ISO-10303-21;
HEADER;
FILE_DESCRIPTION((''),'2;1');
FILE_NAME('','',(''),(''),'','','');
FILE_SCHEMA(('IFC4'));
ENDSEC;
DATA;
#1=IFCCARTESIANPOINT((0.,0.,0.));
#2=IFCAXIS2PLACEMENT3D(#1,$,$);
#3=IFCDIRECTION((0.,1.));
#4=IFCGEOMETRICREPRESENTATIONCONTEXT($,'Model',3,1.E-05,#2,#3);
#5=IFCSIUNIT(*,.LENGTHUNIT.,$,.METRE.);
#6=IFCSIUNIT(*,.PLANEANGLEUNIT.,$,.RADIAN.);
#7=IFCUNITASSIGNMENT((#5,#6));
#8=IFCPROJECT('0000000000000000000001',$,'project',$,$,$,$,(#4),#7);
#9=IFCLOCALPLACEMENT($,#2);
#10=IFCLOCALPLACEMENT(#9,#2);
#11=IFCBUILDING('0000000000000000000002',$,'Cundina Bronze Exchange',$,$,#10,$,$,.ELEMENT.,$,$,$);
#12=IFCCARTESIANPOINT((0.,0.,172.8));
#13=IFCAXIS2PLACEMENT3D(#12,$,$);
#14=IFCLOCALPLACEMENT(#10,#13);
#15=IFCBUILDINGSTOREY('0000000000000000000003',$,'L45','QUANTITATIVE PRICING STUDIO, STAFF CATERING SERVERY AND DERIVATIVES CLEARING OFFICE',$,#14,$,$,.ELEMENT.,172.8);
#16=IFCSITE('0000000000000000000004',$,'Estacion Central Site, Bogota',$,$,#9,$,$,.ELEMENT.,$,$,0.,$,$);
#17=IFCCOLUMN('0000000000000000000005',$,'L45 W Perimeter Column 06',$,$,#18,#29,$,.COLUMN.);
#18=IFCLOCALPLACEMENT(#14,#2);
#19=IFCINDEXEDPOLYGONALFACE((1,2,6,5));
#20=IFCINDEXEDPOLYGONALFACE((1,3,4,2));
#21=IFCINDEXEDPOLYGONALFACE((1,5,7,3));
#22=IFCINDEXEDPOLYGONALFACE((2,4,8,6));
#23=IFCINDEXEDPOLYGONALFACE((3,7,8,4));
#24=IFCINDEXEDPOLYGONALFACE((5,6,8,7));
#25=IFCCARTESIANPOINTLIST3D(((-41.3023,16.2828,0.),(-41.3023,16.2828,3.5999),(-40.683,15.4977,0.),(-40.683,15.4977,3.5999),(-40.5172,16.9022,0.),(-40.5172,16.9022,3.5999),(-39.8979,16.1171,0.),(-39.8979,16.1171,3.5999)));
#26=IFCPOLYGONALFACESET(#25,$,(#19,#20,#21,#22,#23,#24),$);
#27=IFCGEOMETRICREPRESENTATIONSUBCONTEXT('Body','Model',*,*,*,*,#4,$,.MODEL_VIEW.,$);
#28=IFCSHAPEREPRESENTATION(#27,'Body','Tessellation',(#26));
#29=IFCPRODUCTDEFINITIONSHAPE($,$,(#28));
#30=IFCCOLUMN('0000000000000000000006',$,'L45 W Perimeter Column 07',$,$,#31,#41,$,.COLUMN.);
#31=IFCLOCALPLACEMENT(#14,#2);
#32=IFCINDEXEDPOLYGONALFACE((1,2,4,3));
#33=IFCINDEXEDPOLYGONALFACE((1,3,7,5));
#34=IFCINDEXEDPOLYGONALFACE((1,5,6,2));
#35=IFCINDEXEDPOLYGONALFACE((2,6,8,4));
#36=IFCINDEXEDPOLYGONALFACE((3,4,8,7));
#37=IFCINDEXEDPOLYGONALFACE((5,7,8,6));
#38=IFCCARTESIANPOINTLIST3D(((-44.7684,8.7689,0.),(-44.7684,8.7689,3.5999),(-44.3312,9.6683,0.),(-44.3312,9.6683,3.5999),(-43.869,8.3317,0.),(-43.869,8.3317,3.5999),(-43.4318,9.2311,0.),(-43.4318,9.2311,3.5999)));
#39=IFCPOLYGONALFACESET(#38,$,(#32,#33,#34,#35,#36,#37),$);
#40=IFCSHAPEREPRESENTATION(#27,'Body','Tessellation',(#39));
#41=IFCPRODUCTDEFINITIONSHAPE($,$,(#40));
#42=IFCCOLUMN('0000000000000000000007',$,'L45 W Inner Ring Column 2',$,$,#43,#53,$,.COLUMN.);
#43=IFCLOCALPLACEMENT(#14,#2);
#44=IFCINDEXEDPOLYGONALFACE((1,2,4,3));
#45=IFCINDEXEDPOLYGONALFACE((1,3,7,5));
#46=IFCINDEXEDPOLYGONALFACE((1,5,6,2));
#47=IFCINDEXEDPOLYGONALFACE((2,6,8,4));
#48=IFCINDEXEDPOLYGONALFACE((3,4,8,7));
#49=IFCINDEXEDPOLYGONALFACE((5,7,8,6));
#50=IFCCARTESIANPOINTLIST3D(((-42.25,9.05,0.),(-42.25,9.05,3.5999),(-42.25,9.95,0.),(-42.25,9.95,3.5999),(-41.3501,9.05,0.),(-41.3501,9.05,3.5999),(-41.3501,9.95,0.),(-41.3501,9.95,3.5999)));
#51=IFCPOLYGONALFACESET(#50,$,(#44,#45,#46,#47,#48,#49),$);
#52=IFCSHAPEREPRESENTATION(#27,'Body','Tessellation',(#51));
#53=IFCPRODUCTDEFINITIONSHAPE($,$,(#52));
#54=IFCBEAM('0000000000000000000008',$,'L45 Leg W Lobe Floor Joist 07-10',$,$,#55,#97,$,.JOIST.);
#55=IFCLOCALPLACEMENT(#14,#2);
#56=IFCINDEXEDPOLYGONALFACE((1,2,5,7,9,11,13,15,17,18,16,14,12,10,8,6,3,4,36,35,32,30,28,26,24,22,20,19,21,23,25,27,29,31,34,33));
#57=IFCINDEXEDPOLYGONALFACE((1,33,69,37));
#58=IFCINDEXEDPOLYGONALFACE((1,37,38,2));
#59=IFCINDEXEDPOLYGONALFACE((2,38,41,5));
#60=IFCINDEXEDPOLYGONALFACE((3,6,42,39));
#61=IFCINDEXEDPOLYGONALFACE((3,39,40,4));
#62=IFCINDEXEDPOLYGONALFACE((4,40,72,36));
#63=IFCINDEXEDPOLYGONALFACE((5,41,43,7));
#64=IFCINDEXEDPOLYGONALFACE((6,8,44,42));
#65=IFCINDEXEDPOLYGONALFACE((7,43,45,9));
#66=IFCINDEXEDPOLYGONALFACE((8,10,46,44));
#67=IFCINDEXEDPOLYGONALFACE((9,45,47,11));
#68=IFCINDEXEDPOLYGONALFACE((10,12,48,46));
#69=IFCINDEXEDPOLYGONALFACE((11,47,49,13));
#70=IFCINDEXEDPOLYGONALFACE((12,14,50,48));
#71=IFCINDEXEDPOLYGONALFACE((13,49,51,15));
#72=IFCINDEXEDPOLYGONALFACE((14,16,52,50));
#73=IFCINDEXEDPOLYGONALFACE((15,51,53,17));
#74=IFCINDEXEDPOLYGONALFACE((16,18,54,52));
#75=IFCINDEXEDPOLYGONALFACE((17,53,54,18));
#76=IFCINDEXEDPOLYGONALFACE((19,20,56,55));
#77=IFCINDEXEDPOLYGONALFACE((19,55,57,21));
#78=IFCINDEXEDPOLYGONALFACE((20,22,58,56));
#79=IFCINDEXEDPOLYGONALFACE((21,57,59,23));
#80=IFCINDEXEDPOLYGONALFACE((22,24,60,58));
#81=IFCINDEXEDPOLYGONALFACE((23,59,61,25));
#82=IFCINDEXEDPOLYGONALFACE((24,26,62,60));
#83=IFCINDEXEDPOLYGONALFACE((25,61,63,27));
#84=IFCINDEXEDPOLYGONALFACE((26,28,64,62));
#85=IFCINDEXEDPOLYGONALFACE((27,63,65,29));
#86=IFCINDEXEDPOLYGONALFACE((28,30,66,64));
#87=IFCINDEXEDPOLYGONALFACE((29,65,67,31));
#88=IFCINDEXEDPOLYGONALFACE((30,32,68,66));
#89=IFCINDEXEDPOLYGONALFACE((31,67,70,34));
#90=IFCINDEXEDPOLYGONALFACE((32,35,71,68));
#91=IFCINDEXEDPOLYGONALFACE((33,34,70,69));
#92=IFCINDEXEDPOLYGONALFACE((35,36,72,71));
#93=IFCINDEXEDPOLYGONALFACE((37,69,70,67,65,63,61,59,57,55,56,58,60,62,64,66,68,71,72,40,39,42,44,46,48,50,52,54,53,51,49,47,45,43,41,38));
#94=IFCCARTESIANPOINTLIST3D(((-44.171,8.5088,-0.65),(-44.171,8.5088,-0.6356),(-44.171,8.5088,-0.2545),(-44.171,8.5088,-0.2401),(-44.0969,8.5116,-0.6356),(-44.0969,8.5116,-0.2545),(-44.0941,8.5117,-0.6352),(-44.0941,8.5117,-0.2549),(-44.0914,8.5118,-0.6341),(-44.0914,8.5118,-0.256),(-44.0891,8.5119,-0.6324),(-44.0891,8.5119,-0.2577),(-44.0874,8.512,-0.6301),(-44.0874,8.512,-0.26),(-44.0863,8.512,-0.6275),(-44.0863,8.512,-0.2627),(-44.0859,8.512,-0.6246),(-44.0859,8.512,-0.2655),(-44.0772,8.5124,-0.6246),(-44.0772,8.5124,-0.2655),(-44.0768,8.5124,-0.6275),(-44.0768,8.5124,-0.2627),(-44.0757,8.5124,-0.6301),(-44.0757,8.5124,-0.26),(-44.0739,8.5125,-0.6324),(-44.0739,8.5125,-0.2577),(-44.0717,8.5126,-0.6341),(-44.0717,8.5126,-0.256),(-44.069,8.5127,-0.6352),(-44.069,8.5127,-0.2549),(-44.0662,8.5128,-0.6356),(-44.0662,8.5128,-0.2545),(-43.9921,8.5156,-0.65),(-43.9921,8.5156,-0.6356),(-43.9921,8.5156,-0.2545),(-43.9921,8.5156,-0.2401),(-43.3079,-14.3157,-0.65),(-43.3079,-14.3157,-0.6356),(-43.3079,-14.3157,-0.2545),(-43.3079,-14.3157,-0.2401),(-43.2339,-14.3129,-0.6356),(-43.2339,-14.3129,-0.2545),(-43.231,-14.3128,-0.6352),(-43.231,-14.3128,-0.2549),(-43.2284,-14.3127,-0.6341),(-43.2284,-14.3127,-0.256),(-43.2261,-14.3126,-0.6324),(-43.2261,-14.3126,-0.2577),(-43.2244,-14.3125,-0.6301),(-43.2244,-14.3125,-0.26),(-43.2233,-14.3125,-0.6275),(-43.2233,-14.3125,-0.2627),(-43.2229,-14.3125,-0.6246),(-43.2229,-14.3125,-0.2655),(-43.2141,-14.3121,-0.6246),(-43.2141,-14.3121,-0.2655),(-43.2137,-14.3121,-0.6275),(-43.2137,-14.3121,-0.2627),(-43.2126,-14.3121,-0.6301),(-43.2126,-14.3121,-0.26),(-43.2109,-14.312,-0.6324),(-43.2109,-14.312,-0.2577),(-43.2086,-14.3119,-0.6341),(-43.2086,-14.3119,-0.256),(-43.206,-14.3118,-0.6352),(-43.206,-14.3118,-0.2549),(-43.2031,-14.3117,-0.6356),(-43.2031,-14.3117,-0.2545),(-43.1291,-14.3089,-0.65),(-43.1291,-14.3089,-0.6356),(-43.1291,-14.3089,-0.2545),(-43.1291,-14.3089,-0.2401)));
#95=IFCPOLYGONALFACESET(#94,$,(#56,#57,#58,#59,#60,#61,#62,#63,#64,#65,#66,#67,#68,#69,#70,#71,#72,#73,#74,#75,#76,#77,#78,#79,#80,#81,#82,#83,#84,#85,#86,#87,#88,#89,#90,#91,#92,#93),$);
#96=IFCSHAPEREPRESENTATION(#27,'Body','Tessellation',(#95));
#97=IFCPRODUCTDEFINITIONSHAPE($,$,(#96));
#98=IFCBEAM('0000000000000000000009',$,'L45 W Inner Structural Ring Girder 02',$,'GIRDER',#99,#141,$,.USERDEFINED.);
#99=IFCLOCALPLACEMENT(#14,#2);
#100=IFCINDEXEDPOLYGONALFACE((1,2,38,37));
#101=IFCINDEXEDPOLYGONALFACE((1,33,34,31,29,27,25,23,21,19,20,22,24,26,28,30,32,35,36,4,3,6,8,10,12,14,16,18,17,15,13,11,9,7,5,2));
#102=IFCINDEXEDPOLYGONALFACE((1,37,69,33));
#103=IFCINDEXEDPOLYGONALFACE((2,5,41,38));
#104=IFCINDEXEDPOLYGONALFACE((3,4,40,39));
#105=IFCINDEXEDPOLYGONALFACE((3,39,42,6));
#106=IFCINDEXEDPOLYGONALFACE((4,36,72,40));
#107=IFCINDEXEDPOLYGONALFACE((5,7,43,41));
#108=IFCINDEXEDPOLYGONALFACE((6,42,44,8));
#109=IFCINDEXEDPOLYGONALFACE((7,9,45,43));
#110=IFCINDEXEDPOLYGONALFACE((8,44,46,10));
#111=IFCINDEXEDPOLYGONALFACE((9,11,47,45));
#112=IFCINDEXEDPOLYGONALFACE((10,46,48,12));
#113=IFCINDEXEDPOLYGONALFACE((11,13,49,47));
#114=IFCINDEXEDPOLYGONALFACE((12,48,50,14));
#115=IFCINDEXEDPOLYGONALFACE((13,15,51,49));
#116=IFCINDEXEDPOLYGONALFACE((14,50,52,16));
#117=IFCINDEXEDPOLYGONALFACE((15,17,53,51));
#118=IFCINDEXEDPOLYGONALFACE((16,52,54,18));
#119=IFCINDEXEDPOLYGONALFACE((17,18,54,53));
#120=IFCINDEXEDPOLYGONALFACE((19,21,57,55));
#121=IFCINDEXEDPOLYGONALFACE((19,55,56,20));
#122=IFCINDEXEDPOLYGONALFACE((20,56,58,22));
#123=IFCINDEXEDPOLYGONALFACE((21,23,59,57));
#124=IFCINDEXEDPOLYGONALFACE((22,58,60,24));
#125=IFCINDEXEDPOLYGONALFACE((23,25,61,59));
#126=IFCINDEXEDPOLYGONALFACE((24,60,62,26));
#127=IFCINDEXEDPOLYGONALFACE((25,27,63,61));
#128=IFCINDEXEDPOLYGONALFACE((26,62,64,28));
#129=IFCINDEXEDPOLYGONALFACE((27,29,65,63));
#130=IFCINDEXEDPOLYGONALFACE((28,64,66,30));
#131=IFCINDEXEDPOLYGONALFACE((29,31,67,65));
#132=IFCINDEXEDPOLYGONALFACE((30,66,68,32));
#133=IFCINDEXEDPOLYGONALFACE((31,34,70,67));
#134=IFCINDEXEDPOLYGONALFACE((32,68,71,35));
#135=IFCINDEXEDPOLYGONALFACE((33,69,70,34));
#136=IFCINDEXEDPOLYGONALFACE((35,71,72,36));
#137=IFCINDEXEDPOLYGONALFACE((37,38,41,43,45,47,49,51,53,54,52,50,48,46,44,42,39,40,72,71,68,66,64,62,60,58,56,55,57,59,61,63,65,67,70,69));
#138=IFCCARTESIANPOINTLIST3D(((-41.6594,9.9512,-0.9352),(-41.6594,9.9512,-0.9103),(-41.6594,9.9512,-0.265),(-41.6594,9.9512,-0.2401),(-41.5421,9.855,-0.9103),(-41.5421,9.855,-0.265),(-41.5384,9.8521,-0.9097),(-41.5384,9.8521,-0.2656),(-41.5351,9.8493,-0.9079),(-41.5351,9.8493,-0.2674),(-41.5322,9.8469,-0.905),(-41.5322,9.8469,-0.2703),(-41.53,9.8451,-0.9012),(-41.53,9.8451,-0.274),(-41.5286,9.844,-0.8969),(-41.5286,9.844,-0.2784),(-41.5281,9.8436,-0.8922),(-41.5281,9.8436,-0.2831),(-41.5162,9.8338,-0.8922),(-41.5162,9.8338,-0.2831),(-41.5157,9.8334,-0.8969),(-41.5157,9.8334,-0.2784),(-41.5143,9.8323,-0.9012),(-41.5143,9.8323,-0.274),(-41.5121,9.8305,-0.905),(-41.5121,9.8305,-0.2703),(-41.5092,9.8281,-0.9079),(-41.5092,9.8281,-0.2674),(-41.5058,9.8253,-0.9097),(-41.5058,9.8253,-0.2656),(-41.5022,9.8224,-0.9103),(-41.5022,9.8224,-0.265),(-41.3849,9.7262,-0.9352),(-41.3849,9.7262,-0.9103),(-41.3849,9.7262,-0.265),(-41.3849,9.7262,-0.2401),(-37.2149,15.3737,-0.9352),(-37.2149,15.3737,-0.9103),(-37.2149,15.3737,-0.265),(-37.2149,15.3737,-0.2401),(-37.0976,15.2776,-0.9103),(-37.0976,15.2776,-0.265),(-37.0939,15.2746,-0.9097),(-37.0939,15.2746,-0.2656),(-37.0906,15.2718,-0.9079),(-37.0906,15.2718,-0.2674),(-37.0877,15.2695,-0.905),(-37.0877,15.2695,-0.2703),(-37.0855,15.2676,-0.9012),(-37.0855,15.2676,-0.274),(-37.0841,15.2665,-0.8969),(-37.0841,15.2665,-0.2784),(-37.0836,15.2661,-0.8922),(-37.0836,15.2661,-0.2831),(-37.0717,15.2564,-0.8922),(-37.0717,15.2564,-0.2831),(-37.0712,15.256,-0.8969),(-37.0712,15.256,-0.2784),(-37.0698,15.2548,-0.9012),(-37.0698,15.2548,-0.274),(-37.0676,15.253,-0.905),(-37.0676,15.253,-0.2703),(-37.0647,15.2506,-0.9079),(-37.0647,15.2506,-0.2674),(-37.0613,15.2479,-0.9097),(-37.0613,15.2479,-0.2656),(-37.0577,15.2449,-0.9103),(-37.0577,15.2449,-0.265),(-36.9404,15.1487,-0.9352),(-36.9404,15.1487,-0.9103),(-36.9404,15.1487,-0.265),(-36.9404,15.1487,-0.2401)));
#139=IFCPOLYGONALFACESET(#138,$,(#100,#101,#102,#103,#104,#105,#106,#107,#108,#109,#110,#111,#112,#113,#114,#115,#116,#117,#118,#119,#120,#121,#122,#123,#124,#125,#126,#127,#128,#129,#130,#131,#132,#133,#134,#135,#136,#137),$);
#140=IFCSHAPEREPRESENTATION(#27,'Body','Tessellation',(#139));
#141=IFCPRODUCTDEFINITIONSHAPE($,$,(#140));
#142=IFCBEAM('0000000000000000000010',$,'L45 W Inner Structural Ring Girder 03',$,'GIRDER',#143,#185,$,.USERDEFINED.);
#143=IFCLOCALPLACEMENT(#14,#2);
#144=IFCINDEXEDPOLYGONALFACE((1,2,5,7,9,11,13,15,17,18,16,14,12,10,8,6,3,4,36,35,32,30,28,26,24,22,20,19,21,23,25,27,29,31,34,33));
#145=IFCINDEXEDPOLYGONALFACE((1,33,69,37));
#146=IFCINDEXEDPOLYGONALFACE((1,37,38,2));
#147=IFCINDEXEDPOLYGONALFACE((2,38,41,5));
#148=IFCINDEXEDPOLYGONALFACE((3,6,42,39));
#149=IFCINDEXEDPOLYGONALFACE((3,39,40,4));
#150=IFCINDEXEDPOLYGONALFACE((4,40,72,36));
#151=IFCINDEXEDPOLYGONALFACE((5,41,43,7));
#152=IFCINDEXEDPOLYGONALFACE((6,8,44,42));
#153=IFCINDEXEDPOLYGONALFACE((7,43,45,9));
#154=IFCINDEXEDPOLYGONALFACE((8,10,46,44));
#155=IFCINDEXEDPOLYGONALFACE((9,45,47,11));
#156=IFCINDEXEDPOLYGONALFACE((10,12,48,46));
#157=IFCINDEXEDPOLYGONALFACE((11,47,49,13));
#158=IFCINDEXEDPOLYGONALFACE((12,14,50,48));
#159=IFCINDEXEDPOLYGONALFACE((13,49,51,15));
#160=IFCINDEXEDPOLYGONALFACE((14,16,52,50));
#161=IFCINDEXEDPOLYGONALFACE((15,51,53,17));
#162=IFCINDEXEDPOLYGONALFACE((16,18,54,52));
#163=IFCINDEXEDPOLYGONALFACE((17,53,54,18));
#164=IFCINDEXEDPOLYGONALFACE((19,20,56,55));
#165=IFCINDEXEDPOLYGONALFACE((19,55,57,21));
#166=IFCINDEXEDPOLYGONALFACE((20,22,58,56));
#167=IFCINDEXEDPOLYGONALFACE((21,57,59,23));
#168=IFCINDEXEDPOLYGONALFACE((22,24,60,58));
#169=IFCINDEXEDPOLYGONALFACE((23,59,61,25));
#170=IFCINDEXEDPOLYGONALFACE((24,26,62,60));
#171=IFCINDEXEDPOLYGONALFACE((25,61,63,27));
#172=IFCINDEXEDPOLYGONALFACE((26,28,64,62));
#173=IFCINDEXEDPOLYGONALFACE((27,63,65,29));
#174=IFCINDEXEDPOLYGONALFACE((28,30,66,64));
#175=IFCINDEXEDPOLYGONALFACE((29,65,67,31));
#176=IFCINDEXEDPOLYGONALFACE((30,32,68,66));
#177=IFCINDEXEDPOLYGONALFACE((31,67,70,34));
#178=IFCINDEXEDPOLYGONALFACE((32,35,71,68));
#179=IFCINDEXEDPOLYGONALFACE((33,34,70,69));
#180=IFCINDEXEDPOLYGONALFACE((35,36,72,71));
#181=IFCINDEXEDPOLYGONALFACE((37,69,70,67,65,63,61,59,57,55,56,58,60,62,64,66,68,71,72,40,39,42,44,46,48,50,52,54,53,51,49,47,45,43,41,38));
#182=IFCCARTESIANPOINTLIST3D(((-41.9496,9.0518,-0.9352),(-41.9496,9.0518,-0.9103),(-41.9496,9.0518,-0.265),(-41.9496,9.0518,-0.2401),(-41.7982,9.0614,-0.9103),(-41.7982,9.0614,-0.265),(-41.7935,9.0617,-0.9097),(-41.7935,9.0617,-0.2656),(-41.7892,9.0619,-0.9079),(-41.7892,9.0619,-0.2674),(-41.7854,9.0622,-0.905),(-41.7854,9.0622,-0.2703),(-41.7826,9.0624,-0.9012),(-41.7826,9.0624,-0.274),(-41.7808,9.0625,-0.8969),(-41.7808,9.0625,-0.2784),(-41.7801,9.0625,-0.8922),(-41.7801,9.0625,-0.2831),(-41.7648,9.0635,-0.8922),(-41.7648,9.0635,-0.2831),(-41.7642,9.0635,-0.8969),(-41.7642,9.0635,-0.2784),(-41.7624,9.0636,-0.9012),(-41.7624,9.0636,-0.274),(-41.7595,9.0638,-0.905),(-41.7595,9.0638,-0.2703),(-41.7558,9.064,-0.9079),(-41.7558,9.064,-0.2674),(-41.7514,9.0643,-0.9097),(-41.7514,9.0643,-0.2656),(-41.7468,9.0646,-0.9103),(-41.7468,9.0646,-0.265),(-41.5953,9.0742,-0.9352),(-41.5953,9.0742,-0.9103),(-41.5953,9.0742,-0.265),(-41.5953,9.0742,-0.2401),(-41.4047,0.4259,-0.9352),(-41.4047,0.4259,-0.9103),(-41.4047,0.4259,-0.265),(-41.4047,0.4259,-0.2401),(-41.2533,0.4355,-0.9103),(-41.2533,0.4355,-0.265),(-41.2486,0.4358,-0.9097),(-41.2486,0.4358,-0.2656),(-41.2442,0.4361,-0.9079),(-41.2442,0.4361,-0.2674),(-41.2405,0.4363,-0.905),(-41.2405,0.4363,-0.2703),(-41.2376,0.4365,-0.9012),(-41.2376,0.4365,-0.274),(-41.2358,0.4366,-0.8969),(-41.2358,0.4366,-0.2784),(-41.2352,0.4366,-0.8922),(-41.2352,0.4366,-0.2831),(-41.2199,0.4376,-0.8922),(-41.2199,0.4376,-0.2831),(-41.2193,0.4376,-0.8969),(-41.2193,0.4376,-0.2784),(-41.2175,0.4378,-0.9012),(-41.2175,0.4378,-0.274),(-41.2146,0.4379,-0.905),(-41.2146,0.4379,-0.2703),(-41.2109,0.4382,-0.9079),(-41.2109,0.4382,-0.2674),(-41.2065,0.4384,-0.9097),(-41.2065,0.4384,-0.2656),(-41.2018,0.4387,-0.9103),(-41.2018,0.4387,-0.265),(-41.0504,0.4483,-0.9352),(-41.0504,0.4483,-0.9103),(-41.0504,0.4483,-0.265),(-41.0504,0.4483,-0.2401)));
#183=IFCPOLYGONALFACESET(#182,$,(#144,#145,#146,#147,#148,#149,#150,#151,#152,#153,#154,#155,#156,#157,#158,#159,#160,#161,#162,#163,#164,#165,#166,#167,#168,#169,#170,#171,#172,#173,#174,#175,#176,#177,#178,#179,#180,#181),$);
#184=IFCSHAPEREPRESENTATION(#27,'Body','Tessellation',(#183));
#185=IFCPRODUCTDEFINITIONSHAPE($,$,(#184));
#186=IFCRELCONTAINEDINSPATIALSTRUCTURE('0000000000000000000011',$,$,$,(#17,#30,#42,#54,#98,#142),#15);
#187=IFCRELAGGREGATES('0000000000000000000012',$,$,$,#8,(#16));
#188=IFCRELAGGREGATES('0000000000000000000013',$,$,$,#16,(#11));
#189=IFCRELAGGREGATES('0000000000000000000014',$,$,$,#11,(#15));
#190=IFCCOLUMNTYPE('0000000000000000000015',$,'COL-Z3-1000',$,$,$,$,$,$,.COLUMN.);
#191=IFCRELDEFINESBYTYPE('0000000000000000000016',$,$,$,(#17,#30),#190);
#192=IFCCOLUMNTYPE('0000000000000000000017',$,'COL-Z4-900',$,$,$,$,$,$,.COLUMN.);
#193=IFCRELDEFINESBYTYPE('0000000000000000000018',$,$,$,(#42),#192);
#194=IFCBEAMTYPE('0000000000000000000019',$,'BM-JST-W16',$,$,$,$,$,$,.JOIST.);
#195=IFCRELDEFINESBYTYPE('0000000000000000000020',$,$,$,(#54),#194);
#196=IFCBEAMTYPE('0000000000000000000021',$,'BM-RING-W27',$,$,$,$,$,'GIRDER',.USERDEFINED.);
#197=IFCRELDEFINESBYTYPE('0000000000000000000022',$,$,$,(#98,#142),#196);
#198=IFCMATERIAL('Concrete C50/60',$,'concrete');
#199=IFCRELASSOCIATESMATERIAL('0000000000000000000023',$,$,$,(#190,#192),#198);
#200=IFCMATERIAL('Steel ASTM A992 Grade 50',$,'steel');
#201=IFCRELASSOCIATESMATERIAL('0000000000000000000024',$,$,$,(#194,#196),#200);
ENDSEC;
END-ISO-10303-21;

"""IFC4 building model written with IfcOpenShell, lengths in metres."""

from ifc_helpers import new_model, si_unit, direction, frame, origin, origin_2d, place, context, subcontext, project, spatial, rectangle, i_section, extrude, material, material_profile, profile_set, type_object, element, save


model = new_model("IFC4")

# Units and contexts
model_context = context("Model", 3, precision=1e-05, world=origin(), true_north=direction((0.0, 1.0)))
body_context = subcontext(model_context, "Body", "Model", "MODEL_VIEW")
ifc_project = project(units=[si_unit("LENGTHUNIT", "METRE"), si_unit("PLANEANGLEUNIT", "RADIAN")], contexts=[model_context])

# Site, building, storey
site_placement = place(None, origin())
site = spatial("IfcSite", under=ifc_project, at=site_placement, Name="Estacion Central Site, Bogota", CompositionType="ELEMENT", RefElevation=0.0)
building_placement = place(site_placement, origin())
building = spatial("IfcBuilding", under=site, at=building_placement, Name="Cundina Bronze Exchange", CompositionType="ELEMENT")
storey_placement = place(building_placement, frame((0.0, 0.0, 172.8)))
storey = spatial("IfcBuildingStorey", under=building, at=storey_placement, Name="L45", Description="QUANTITATIVE PRICING STUDIO, STAFF CATERING SERVERY AND DERIVATIVES CLEARING OFFICE", CompositionType="ELEMENT", Elevation=172.8)

# Columns
ifc_material_1 = material(Name="Concrete C50/60", Category="concrete")
ifc_material_profile_1 = material_profile(ifc_material_1, rectangle(XDim=1.0, YDim=1.0, at=origin_2d()), Name="RC1000X1000", Category="concrete")
ifc_profile_set_1 = profile_set([ifc_material_profile_1], Name="Concrete C50/60")
column_type_1 = type_object("IfcColumnType", Name="COL-Z3-1000", PredefinedType="COLUMN", material=ifc_profile_set_1)
for number, where, z_axis, x_axis, name in (
    (1, (-40.6001, 16.2, 0.0), (0.0, 0.0, 1.0), (-0.785101, -0.619368, 0.0), "L45 W Perimeter Column 06"),
    (2, (-44.1001, 9.0, 0.0), (0.0, 0.0, 1.0), (-0.437116, -0.899405, 0.0), "L45 W Perimeter Column 07"),
):
    element("IfcColumn", number, at=place(storey_placement, frame(where, z_axis=z_axis, x_axis=x_axis)), inside=storey, type_object=column_type_1, Name=name, PredefinedType="COLUMN", context=body_context, shape_type="SweptSolid", body=[
        extrude(rectangle(XDim=1.0, YDim=1.0, at=origin_2d()), origin(), (0.0, 0.0, 1.0), 3.5999),
    ])
ifc_material_profile_2 = material_profile(ifc_material_1, rectangle(XDim=0.8999, YDim=0.8999, at=origin_2d()), Name="RC900X900", Category="concrete")
ifc_profile_set_2 = profile_set([ifc_material_profile_2], Name="Concrete C50/60")
column_type_2 = type_object("IfcColumnType", Name="COL-Z4-900", PredefinedType="COLUMN", material=ifc_profile_set_2)
column_placement = place(storey_placement, frame((-41.8, 9.5, 0.0), z_axis=(0.0, 0.0, 1.0), x_axis=(1.0, 0.0, 0.0)))
element("IfcColumn", 3, at=column_placement, inside=storey, type_object=column_type_2, Name="L45 W Inner Ring Column 2", PredefinedType="COLUMN", context=body_context, shape_type="SweptSolid", body=[
    extrude(rectangle(XDim=0.8999, YDim=0.8999, at=origin_2d()), origin(), (0.0, 0.0, 1.0), 3.5999),
])

# Beams
ifc_material_2 = material(Name="Steel ASTM A992 Grade 50", Category="steel")
ifc_material_profile_3 = material_profile(ifc_material_2, i_section(OverallWidth=0.179, OverallDepth=0.4099, WebThickness=0.0088, FlangeThickness=0.0144, FilletRadius=0.011, at=origin_2d()), Name="W16X45", Category="steel")
ifc_profile_set_3 = profile_set([ifc_material_profile_3], Name="Steel ASTM A992 Grade 50")
beam_type_1 = type_object("IfcBeamType", Name="BM-JST-W16", PredefinedType="JOIST", material=ifc_profile_set_3)
beam_1_placement = place(storey_placement, frame((-44.0815, 8.5122, -0.4451), z_axis=(0.037785, -0.999286, 0.0), x_axis=(0.999286, 0.037785, 0.0)))
element("IfcBeam", 4, at=beam_1_placement, inside=storey, type_object=beam_type_1, Name="L45 Leg W Lobe Floor Joist 07-10", PredefinedType="JOIST", context=body_context, shape_type="SweptSolid", body=[
    extrude(i_section(OverallWidth=0.179, OverallDepth=0.4099, WebThickness=0.0088, FlangeThickness=0.0144, FilletRadius=0.011, at=origin_2d()), origin(), (0.0, 0.0, 1.0), 22.8408),
])
ifc_material_profile_4 = material_profile(ifc_material_2, i_section(OverallWidth=0.355, OverallDepth=0.6951, WebThickness=0.0154, FlangeThickness=0.0249, FilletRadius=0.0181, at=origin_2d()), Name="W27X146", Category="steel")
ifc_profile_set_4 = profile_set([ifc_material_profile_4], Name="Steel ASTM A992 Grade 50")
beam_type_2 = type_object("IfcBeamType", Name="BM-RING-W27", ElementType="GIRDER", PredefinedType="USERDEFINED", material=ifc_profile_set_4)
beam_2_placement = place(storey_placement, frame((-37.0776, 15.2612, -0.5876), z_axis=(-0.633913, -0.773405, 0.0), x_axis=(0.773405, -0.633913, 0.0)))
element("IfcBeam", 5, at=beam_2_placement, inside=storey, type_object=beam_type_2, Name="L45 W Inner Structural Ring Girder 02", ObjectType="GIRDER", PredefinedType="USERDEFINED", context=body_context, shape_type="SweptSolid", body=[
    extrude(i_section(OverallWidth=0.355, OverallDepth=0.6951, WebThickness=0.0154, FlangeThickness=0.0249, FilletRadius=0.0181, at=origin_2d()), origin(), (0.0, 0.0, 1.0), 7.0112),
])
beam_3_placement = place(storey_placement, frame((-41.7725, 9.063, -0.5876), z_axis=(0.063047, -0.998011, 0.0), x_axis=(0.998011, 0.063047, 0.0)))
element("IfcBeam", 6, at=beam_3_placement, inside=storey, type_object=beam_type_2, Name="L45 W Inner Structural Ring Girder 03", ObjectType="GIRDER", PredefinedType="USERDEFINED", context=body_context, shape_type="SweptSolid", body=[
    extrude(i_section(OverallWidth=0.355, OverallDepth=0.6951, WebThickness=0.0154, FlangeThickness=0.0249, FilletRadius=0.0181, at=origin_2d()), origin(), (0.0, 0.0, 1.0), 8.6431),
])

save(model, "model.ifc")
